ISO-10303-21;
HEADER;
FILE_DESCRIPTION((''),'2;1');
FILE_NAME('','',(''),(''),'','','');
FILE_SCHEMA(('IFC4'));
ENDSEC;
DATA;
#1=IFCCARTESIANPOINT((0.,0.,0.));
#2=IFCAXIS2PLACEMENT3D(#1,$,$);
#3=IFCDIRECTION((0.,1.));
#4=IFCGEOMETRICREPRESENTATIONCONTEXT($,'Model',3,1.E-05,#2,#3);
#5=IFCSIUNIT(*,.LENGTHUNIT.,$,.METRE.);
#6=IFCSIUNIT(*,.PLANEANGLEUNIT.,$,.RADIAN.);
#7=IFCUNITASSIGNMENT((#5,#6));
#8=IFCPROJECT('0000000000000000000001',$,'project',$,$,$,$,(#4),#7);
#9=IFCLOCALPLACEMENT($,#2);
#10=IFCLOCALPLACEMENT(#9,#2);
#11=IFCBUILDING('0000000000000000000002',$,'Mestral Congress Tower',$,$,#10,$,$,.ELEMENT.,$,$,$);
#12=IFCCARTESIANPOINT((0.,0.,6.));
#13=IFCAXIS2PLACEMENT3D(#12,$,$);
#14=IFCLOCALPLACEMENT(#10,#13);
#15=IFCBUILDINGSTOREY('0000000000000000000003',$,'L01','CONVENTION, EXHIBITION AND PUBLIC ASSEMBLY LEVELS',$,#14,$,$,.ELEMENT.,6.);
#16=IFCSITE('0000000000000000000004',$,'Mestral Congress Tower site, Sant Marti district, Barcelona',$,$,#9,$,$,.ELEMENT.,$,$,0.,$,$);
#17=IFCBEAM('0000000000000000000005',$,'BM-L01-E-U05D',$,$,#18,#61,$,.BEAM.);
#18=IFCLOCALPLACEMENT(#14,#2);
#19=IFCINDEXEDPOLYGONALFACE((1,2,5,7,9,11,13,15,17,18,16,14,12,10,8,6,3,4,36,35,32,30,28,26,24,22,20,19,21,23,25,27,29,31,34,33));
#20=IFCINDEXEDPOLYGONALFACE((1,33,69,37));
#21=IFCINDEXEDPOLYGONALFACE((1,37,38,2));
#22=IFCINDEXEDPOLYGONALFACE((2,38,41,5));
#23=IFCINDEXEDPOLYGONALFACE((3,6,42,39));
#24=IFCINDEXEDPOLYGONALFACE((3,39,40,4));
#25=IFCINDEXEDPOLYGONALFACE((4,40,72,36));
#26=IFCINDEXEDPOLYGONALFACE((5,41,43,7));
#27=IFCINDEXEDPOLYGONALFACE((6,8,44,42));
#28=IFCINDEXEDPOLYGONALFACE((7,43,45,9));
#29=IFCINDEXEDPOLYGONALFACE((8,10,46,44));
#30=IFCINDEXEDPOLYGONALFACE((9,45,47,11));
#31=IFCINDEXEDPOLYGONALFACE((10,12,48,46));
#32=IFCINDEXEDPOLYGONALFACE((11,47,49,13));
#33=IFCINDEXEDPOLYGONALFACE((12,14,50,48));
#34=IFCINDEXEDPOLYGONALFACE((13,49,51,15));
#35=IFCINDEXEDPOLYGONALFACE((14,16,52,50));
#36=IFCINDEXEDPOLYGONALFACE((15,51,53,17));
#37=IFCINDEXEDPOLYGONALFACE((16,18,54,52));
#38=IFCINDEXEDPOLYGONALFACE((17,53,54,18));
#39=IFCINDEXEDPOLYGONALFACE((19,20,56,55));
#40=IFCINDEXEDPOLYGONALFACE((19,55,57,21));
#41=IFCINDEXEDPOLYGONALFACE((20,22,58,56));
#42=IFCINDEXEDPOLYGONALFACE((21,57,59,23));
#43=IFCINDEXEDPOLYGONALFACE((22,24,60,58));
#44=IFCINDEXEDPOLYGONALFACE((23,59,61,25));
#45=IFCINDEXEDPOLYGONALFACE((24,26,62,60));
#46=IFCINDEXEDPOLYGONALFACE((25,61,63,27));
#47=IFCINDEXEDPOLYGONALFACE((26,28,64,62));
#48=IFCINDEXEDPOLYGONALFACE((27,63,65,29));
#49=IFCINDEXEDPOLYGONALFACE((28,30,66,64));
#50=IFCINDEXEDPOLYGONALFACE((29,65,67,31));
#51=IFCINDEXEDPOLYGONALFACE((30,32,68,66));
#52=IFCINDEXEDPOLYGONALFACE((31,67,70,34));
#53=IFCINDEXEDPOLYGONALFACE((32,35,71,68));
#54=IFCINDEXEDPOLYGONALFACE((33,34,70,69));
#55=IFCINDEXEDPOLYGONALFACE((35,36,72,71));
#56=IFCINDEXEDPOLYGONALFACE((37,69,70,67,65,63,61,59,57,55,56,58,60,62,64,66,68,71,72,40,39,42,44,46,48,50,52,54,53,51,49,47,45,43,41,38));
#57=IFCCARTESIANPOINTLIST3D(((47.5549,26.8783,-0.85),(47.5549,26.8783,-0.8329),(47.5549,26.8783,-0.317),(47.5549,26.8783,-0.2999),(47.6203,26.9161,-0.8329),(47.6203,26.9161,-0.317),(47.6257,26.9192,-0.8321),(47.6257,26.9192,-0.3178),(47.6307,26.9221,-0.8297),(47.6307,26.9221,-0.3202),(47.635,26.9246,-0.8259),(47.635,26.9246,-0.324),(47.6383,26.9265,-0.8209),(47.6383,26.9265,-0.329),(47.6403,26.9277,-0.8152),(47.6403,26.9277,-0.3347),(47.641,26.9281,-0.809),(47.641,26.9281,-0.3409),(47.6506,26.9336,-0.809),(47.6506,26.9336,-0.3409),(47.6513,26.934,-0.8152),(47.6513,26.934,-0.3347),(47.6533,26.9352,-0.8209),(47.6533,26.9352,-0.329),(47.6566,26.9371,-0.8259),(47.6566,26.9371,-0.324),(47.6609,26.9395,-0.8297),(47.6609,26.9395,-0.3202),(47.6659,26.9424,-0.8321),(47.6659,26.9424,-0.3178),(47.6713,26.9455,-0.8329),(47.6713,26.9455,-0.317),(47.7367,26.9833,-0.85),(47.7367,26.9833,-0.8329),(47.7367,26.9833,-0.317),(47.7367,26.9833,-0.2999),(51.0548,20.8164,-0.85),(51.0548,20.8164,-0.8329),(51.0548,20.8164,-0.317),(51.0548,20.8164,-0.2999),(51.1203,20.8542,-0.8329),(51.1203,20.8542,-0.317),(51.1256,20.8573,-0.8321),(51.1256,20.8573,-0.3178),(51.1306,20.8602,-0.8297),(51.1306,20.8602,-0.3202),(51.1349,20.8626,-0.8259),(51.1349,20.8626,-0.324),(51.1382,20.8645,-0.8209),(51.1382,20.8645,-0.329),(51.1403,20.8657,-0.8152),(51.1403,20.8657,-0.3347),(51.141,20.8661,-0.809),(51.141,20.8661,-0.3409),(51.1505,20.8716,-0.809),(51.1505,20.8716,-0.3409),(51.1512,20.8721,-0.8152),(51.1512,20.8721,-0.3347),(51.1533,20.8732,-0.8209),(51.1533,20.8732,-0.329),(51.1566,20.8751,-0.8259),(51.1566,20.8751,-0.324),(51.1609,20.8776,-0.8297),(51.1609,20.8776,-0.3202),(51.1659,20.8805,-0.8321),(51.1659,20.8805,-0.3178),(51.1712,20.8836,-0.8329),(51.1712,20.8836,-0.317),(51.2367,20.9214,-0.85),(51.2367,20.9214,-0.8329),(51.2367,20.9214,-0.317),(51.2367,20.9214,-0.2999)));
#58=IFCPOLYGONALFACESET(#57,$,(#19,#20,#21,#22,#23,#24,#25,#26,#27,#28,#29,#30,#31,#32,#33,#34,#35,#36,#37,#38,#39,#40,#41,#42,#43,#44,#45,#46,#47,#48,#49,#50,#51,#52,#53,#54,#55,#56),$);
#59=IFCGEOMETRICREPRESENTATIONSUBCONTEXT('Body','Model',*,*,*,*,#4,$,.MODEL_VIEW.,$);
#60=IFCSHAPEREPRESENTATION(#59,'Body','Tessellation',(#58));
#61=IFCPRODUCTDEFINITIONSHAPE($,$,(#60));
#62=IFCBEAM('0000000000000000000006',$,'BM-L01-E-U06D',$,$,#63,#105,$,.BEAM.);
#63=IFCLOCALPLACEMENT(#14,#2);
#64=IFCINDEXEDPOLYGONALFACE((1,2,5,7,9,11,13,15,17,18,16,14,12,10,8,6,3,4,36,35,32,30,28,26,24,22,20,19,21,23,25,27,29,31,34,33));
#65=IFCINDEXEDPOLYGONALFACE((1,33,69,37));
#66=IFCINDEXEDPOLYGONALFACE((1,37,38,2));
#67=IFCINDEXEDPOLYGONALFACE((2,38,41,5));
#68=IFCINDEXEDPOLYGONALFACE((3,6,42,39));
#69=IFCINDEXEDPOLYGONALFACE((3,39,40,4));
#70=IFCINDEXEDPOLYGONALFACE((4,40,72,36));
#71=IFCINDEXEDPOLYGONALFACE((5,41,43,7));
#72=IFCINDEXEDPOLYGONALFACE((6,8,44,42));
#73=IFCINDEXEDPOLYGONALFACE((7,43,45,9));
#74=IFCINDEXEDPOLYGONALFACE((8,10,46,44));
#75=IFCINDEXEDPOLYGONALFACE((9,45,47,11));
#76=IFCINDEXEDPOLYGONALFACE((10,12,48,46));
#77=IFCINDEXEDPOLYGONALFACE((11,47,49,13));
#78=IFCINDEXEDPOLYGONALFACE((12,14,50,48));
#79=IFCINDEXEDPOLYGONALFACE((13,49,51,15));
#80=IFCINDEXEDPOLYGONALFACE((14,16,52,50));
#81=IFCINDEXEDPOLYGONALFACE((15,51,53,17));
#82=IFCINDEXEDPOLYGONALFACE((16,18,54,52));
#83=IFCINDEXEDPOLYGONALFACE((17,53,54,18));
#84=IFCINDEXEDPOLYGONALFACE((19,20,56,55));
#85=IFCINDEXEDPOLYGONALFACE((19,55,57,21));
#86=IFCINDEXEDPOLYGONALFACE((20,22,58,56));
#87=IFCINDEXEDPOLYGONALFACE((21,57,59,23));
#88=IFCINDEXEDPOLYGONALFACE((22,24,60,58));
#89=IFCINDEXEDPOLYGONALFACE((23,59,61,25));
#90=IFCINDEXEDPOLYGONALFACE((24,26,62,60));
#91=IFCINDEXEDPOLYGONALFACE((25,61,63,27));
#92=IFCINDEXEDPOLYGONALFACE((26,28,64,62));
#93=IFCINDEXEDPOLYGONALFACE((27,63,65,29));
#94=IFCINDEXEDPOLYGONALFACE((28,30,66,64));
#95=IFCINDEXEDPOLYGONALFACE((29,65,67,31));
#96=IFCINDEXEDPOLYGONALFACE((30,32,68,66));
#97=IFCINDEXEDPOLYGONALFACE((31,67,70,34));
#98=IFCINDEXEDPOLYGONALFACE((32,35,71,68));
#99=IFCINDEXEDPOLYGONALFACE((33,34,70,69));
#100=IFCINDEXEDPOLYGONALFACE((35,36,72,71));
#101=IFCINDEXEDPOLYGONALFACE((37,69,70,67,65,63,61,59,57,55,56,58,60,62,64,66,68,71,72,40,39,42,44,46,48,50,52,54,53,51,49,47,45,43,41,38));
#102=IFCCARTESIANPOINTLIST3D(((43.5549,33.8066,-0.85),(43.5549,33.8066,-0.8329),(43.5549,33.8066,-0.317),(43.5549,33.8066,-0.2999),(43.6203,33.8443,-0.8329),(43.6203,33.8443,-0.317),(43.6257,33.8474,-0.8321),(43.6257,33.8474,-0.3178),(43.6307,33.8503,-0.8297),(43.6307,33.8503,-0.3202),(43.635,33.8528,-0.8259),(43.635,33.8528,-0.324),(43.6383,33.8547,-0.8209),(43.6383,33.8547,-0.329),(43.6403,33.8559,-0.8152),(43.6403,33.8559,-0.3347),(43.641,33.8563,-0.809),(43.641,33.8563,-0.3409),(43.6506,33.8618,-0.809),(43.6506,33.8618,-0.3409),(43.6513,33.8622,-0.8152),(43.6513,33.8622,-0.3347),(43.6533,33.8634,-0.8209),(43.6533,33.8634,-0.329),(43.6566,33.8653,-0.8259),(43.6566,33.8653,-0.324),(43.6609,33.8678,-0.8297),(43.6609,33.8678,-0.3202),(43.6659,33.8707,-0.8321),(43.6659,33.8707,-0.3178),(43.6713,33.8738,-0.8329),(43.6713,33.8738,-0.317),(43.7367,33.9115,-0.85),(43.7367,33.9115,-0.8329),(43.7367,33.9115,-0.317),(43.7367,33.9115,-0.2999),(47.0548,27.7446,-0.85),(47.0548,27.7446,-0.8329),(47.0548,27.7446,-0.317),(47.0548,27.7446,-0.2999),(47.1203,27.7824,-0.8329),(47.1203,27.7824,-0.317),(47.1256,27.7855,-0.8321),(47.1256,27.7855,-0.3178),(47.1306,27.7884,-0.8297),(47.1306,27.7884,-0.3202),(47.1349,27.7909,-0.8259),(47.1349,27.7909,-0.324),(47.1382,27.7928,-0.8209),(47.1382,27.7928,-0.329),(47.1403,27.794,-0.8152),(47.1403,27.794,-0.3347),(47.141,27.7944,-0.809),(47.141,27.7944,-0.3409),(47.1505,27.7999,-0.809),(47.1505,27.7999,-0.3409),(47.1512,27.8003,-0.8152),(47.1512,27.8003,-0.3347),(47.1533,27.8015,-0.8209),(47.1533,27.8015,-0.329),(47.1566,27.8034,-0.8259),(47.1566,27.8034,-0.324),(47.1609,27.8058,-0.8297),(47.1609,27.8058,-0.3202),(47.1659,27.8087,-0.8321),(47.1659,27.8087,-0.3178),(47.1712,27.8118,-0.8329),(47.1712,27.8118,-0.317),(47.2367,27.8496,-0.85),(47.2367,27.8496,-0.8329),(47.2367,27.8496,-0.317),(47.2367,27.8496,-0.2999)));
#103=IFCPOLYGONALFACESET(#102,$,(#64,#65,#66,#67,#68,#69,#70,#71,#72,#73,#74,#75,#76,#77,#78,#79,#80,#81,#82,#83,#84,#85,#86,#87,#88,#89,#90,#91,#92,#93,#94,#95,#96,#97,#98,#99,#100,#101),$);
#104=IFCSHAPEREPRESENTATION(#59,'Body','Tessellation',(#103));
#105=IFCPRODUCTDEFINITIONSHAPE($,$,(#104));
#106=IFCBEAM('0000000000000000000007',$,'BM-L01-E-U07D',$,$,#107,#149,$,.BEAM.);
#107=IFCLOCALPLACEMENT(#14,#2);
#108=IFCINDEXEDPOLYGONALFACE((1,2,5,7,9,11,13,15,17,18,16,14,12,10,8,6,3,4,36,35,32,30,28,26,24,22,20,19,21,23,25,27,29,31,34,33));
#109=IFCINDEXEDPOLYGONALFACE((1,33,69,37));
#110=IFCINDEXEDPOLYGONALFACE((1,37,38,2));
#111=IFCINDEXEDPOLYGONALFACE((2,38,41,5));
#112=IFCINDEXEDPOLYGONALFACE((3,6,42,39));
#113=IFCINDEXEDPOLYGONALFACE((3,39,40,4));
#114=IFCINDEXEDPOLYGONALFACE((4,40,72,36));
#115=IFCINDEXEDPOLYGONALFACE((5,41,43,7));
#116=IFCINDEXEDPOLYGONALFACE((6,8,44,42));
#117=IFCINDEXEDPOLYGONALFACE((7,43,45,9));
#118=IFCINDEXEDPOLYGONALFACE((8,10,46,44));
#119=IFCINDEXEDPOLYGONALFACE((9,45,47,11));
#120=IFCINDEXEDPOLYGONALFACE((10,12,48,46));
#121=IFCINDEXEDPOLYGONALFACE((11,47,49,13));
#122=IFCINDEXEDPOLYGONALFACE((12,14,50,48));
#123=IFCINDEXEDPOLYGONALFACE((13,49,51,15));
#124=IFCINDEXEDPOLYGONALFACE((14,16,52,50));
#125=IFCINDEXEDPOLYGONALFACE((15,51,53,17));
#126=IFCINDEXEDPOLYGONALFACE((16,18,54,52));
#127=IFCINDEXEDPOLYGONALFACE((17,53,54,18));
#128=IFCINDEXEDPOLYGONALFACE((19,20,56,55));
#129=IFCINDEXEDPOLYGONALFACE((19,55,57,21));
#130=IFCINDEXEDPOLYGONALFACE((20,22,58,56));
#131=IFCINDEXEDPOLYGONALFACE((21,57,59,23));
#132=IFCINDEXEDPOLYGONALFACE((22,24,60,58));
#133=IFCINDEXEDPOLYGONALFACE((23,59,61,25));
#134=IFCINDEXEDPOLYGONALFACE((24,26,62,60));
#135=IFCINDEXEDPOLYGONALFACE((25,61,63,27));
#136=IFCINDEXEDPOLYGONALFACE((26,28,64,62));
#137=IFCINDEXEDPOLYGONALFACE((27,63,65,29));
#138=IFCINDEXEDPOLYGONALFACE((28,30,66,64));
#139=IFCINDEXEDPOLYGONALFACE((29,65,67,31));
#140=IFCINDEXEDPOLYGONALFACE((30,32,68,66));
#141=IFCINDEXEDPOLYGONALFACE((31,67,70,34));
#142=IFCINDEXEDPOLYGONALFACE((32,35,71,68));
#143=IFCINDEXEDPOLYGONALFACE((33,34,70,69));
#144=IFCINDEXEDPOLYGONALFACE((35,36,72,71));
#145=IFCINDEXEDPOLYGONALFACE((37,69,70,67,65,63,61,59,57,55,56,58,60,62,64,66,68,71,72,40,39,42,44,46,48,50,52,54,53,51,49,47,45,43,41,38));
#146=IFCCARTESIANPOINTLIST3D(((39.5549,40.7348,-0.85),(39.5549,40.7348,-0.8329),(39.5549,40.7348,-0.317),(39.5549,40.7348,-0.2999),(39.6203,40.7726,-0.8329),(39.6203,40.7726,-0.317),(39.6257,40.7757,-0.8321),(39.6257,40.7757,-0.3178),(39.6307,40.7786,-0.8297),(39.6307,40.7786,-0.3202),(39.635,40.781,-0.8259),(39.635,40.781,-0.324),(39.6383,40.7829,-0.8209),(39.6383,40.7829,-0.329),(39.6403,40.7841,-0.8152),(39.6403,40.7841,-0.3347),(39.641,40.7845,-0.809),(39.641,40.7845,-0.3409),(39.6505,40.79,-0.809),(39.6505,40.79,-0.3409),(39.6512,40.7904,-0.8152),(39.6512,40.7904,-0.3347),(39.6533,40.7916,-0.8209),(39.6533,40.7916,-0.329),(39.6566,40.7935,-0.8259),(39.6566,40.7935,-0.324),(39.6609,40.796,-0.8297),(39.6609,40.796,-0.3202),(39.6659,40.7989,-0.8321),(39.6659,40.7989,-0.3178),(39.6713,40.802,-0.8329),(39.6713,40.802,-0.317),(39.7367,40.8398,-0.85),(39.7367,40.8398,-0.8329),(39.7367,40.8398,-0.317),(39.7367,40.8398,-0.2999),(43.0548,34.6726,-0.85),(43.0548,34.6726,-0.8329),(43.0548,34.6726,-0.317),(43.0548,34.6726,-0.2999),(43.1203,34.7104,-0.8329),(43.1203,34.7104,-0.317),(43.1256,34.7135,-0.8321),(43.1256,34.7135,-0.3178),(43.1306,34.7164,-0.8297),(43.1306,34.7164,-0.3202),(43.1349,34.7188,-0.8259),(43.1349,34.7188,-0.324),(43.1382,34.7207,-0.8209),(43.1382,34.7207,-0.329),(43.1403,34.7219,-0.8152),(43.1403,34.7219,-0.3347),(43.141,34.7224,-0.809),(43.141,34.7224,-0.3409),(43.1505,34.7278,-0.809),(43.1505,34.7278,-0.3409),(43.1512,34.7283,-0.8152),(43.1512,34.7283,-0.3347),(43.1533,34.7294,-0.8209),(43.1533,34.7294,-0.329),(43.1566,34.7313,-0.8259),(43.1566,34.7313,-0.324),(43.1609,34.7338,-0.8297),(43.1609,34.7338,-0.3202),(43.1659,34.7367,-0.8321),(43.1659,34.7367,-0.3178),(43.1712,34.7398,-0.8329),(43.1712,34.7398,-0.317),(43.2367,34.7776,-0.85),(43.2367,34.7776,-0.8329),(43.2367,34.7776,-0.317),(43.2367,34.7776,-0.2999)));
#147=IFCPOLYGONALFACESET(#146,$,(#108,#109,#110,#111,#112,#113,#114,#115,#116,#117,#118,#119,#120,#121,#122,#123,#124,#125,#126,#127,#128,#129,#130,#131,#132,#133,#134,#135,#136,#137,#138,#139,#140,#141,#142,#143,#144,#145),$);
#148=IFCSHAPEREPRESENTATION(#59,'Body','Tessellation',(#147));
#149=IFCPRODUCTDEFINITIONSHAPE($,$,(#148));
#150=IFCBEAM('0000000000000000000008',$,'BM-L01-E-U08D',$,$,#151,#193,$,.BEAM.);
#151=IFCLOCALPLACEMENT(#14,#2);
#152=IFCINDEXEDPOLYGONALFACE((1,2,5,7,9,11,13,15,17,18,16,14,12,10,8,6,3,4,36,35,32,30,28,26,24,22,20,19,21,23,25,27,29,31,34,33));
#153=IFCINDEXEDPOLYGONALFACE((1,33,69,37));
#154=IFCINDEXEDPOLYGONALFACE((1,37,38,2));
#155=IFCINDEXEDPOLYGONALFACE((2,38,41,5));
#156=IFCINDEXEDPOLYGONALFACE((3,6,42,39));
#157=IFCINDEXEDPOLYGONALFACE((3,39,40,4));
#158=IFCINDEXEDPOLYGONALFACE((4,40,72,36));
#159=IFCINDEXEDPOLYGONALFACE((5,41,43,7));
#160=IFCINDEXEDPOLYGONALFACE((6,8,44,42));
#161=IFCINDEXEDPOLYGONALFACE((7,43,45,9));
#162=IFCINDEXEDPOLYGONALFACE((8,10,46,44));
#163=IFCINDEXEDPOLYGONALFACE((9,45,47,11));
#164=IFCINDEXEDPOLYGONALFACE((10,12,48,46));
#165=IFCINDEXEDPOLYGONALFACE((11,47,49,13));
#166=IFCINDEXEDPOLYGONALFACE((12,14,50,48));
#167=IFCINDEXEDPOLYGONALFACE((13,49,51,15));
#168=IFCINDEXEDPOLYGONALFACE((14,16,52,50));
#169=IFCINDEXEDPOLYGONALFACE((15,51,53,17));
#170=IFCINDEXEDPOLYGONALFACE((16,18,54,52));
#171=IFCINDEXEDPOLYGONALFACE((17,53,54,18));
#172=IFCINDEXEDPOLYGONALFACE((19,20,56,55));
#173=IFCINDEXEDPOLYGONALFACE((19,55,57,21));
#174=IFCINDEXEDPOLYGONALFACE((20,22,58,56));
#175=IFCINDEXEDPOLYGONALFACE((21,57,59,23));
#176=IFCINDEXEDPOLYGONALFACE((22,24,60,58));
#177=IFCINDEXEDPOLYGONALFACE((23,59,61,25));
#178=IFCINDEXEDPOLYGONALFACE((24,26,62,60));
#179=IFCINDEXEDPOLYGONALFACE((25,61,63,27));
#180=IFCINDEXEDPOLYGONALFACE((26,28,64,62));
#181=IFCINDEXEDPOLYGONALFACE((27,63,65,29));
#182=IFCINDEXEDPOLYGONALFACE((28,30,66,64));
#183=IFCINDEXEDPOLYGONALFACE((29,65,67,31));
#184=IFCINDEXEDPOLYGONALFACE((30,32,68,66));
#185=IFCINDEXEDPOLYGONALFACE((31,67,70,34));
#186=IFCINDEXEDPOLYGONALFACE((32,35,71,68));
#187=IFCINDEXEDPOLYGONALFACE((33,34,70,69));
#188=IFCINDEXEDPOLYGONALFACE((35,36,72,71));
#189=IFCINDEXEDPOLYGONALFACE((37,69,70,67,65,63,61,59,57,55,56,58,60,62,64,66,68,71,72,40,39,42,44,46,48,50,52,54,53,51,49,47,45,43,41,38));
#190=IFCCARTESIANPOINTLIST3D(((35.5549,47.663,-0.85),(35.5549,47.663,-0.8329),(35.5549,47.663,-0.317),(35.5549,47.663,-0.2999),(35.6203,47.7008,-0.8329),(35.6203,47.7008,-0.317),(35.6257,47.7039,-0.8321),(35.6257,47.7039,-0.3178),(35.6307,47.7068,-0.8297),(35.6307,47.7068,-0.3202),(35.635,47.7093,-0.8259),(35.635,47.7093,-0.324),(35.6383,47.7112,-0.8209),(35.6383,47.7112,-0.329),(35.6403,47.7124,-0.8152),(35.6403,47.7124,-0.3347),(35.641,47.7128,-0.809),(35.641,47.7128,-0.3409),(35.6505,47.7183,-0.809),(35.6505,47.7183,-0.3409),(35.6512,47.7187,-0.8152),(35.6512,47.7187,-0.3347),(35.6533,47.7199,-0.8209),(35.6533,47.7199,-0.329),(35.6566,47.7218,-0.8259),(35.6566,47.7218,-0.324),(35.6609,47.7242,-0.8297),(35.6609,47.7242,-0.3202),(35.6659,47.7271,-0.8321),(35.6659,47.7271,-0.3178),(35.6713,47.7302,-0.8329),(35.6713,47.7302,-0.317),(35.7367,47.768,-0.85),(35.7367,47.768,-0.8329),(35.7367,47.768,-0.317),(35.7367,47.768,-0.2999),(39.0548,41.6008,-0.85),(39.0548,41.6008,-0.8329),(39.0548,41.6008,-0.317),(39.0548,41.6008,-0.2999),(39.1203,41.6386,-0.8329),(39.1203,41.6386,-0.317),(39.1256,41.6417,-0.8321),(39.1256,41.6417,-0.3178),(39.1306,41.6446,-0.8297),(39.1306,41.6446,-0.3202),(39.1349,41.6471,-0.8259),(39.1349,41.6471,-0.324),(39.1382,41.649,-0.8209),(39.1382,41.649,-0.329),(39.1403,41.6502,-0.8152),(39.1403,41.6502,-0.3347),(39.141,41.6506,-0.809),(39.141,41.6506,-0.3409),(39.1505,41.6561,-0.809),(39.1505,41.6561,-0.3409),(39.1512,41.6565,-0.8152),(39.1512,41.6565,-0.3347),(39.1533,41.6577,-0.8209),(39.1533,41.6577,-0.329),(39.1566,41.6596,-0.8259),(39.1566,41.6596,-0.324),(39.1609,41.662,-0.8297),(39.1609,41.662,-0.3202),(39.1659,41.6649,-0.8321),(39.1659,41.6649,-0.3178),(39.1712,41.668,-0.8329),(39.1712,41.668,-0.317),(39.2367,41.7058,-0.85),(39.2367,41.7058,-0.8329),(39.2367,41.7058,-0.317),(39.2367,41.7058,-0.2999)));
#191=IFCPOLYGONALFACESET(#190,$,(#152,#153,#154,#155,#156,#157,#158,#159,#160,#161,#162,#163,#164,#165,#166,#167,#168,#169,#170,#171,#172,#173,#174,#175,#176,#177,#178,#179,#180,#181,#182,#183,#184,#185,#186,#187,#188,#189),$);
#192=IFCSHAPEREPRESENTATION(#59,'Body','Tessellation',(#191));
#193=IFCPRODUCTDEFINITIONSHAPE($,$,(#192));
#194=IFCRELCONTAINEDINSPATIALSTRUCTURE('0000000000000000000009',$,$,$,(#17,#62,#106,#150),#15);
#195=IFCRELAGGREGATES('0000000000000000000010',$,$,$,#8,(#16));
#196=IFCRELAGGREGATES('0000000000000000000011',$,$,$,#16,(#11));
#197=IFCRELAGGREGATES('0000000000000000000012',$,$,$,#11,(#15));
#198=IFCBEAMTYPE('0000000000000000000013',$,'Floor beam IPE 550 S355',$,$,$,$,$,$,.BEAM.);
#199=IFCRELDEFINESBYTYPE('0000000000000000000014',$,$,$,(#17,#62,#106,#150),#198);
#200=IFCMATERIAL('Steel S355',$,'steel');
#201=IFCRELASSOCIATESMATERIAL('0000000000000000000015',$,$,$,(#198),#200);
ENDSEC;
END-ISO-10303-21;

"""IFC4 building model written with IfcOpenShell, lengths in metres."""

from ifc_helpers import new_model, si_unit, direction, frame, origin, origin_2d, place, context, subcontext, project, spatial, i_section, extrude, material, material_profile, profile_set, type_object, element, save


model = new_model("IFC4")

# Units and contexts
model_context = context("Model", 3, precision=1e-05, world=origin(), true_north=direction((0.0, 1.0)))
body_context = subcontext(model_context, "Body", "Model", "MODEL_VIEW")
ifc_project = project(units=[si_unit("LENGTHUNIT", "METRE"), si_unit("PLANEANGLEUNIT", "RADIAN")], contexts=[model_context])

# Site, building, storey
site_placement = place(None, origin())
site = spatial("IfcSite", under=ifc_project, at=site_placement, Name="Mestral Congress Tower site, Sant Marti district, Barcelona", CompositionType="ELEMENT", RefElevation=0.0)
building_placement = place(site_placement, origin())
building = spatial("IfcBuilding", under=site, at=building_placement, Name="Mestral Congress Tower", CompositionType="ELEMENT")
storey_placement = place(building_placement, frame((0.0, 0.0, 6.0)))
storey = spatial("IfcBuildingStorey", under=building, at=storey_placement, Name="L01", Description="CONVENTION, EXHIBITION AND PUBLIC ASSEMBLY LEVELS", CompositionType="ELEMENT", Elevation=6.0)

# Beams
ifc_material = material(Name="Steel S355", Category="steel")
ifc_material_profile_1 = material_profile(ifc_material, i_section(OverallWidth=0.21, OverallDepth=0.55, WebThickness=0.011, FlangeThickness=0.0171, FilletRadius=0.0239, at=origin_2d()), Name="IPE 550")
ifc_profile_set_1 = profile_set([ifc_material_profile_1], Name="Steel S355")
beam_type_1 = type_object("IfcBeamType", Name="Floor beam IPE 550 S355", PredefinedType="BEAM", material=ifc_profile_set_1)
for number, where, z_axis, x_axis, name in (
    (1, (51.1458, 20.8689, -0.575), (-0.50001, 0.866019, 0.0), (-0.866019, -0.50001, 0.0), "BM-L01-E-U05D"),
    (2, (47.1458, 27.7971, -0.575), (-0.50001, 0.866019, 0.0), (-0.866019, -0.50001, 0.0), "BM-L01-E-U06D"),
):
    element("IfcBeam", number, at=place(storey_placement, frame(where, z_axis=z_axis, x_axis=x_axis)), inside=storey, type_object=beam_type_1, Name=name, PredefinedType="BEAM", context=body_context, shape_type="SweptSolid", body=[
        extrude(i_section(OverallWidth=0.21, OverallDepth=0.55, WebThickness=0.011, FlangeThickness=0.0171, FilletRadius=0.0239, at=origin_2d()), origin(), (0.0, 0.0, 1.0), 6.9998),
    ])
for number, where, z_axis, x_axis, name in (
    (3, (43.1458, 34.7251, -0.575), (-0.499995, 0.866028, 0.0), (-0.866028, -0.499995, 0.0), "BM-L01-E-U07D"),
    (4, (39.1458, 41.6533, -0.575), (-0.499995, 0.866028, 0.0), (-0.866028, -0.499995, 0.0), "BM-L01-E-U08D"),
):
    element("IfcBeam", number, at=place(storey_placement, frame(where, z_axis=z_axis, x_axis=x_axis)), inside=storey, type_object=beam_type_1, Name=name, PredefinedType="BEAM", context=body_context, shape_type="SweptSolid", body=[
        extrude(i_section(OverallWidth=0.21, OverallDepth=0.55, WebThickness=0.011, FlangeThickness=0.0171, FilletRadius=0.0239, at=origin_2d()), origin(), (0.0, 0.0, 1.0), 7.0),
    ])

save(model, "model.ifc")
